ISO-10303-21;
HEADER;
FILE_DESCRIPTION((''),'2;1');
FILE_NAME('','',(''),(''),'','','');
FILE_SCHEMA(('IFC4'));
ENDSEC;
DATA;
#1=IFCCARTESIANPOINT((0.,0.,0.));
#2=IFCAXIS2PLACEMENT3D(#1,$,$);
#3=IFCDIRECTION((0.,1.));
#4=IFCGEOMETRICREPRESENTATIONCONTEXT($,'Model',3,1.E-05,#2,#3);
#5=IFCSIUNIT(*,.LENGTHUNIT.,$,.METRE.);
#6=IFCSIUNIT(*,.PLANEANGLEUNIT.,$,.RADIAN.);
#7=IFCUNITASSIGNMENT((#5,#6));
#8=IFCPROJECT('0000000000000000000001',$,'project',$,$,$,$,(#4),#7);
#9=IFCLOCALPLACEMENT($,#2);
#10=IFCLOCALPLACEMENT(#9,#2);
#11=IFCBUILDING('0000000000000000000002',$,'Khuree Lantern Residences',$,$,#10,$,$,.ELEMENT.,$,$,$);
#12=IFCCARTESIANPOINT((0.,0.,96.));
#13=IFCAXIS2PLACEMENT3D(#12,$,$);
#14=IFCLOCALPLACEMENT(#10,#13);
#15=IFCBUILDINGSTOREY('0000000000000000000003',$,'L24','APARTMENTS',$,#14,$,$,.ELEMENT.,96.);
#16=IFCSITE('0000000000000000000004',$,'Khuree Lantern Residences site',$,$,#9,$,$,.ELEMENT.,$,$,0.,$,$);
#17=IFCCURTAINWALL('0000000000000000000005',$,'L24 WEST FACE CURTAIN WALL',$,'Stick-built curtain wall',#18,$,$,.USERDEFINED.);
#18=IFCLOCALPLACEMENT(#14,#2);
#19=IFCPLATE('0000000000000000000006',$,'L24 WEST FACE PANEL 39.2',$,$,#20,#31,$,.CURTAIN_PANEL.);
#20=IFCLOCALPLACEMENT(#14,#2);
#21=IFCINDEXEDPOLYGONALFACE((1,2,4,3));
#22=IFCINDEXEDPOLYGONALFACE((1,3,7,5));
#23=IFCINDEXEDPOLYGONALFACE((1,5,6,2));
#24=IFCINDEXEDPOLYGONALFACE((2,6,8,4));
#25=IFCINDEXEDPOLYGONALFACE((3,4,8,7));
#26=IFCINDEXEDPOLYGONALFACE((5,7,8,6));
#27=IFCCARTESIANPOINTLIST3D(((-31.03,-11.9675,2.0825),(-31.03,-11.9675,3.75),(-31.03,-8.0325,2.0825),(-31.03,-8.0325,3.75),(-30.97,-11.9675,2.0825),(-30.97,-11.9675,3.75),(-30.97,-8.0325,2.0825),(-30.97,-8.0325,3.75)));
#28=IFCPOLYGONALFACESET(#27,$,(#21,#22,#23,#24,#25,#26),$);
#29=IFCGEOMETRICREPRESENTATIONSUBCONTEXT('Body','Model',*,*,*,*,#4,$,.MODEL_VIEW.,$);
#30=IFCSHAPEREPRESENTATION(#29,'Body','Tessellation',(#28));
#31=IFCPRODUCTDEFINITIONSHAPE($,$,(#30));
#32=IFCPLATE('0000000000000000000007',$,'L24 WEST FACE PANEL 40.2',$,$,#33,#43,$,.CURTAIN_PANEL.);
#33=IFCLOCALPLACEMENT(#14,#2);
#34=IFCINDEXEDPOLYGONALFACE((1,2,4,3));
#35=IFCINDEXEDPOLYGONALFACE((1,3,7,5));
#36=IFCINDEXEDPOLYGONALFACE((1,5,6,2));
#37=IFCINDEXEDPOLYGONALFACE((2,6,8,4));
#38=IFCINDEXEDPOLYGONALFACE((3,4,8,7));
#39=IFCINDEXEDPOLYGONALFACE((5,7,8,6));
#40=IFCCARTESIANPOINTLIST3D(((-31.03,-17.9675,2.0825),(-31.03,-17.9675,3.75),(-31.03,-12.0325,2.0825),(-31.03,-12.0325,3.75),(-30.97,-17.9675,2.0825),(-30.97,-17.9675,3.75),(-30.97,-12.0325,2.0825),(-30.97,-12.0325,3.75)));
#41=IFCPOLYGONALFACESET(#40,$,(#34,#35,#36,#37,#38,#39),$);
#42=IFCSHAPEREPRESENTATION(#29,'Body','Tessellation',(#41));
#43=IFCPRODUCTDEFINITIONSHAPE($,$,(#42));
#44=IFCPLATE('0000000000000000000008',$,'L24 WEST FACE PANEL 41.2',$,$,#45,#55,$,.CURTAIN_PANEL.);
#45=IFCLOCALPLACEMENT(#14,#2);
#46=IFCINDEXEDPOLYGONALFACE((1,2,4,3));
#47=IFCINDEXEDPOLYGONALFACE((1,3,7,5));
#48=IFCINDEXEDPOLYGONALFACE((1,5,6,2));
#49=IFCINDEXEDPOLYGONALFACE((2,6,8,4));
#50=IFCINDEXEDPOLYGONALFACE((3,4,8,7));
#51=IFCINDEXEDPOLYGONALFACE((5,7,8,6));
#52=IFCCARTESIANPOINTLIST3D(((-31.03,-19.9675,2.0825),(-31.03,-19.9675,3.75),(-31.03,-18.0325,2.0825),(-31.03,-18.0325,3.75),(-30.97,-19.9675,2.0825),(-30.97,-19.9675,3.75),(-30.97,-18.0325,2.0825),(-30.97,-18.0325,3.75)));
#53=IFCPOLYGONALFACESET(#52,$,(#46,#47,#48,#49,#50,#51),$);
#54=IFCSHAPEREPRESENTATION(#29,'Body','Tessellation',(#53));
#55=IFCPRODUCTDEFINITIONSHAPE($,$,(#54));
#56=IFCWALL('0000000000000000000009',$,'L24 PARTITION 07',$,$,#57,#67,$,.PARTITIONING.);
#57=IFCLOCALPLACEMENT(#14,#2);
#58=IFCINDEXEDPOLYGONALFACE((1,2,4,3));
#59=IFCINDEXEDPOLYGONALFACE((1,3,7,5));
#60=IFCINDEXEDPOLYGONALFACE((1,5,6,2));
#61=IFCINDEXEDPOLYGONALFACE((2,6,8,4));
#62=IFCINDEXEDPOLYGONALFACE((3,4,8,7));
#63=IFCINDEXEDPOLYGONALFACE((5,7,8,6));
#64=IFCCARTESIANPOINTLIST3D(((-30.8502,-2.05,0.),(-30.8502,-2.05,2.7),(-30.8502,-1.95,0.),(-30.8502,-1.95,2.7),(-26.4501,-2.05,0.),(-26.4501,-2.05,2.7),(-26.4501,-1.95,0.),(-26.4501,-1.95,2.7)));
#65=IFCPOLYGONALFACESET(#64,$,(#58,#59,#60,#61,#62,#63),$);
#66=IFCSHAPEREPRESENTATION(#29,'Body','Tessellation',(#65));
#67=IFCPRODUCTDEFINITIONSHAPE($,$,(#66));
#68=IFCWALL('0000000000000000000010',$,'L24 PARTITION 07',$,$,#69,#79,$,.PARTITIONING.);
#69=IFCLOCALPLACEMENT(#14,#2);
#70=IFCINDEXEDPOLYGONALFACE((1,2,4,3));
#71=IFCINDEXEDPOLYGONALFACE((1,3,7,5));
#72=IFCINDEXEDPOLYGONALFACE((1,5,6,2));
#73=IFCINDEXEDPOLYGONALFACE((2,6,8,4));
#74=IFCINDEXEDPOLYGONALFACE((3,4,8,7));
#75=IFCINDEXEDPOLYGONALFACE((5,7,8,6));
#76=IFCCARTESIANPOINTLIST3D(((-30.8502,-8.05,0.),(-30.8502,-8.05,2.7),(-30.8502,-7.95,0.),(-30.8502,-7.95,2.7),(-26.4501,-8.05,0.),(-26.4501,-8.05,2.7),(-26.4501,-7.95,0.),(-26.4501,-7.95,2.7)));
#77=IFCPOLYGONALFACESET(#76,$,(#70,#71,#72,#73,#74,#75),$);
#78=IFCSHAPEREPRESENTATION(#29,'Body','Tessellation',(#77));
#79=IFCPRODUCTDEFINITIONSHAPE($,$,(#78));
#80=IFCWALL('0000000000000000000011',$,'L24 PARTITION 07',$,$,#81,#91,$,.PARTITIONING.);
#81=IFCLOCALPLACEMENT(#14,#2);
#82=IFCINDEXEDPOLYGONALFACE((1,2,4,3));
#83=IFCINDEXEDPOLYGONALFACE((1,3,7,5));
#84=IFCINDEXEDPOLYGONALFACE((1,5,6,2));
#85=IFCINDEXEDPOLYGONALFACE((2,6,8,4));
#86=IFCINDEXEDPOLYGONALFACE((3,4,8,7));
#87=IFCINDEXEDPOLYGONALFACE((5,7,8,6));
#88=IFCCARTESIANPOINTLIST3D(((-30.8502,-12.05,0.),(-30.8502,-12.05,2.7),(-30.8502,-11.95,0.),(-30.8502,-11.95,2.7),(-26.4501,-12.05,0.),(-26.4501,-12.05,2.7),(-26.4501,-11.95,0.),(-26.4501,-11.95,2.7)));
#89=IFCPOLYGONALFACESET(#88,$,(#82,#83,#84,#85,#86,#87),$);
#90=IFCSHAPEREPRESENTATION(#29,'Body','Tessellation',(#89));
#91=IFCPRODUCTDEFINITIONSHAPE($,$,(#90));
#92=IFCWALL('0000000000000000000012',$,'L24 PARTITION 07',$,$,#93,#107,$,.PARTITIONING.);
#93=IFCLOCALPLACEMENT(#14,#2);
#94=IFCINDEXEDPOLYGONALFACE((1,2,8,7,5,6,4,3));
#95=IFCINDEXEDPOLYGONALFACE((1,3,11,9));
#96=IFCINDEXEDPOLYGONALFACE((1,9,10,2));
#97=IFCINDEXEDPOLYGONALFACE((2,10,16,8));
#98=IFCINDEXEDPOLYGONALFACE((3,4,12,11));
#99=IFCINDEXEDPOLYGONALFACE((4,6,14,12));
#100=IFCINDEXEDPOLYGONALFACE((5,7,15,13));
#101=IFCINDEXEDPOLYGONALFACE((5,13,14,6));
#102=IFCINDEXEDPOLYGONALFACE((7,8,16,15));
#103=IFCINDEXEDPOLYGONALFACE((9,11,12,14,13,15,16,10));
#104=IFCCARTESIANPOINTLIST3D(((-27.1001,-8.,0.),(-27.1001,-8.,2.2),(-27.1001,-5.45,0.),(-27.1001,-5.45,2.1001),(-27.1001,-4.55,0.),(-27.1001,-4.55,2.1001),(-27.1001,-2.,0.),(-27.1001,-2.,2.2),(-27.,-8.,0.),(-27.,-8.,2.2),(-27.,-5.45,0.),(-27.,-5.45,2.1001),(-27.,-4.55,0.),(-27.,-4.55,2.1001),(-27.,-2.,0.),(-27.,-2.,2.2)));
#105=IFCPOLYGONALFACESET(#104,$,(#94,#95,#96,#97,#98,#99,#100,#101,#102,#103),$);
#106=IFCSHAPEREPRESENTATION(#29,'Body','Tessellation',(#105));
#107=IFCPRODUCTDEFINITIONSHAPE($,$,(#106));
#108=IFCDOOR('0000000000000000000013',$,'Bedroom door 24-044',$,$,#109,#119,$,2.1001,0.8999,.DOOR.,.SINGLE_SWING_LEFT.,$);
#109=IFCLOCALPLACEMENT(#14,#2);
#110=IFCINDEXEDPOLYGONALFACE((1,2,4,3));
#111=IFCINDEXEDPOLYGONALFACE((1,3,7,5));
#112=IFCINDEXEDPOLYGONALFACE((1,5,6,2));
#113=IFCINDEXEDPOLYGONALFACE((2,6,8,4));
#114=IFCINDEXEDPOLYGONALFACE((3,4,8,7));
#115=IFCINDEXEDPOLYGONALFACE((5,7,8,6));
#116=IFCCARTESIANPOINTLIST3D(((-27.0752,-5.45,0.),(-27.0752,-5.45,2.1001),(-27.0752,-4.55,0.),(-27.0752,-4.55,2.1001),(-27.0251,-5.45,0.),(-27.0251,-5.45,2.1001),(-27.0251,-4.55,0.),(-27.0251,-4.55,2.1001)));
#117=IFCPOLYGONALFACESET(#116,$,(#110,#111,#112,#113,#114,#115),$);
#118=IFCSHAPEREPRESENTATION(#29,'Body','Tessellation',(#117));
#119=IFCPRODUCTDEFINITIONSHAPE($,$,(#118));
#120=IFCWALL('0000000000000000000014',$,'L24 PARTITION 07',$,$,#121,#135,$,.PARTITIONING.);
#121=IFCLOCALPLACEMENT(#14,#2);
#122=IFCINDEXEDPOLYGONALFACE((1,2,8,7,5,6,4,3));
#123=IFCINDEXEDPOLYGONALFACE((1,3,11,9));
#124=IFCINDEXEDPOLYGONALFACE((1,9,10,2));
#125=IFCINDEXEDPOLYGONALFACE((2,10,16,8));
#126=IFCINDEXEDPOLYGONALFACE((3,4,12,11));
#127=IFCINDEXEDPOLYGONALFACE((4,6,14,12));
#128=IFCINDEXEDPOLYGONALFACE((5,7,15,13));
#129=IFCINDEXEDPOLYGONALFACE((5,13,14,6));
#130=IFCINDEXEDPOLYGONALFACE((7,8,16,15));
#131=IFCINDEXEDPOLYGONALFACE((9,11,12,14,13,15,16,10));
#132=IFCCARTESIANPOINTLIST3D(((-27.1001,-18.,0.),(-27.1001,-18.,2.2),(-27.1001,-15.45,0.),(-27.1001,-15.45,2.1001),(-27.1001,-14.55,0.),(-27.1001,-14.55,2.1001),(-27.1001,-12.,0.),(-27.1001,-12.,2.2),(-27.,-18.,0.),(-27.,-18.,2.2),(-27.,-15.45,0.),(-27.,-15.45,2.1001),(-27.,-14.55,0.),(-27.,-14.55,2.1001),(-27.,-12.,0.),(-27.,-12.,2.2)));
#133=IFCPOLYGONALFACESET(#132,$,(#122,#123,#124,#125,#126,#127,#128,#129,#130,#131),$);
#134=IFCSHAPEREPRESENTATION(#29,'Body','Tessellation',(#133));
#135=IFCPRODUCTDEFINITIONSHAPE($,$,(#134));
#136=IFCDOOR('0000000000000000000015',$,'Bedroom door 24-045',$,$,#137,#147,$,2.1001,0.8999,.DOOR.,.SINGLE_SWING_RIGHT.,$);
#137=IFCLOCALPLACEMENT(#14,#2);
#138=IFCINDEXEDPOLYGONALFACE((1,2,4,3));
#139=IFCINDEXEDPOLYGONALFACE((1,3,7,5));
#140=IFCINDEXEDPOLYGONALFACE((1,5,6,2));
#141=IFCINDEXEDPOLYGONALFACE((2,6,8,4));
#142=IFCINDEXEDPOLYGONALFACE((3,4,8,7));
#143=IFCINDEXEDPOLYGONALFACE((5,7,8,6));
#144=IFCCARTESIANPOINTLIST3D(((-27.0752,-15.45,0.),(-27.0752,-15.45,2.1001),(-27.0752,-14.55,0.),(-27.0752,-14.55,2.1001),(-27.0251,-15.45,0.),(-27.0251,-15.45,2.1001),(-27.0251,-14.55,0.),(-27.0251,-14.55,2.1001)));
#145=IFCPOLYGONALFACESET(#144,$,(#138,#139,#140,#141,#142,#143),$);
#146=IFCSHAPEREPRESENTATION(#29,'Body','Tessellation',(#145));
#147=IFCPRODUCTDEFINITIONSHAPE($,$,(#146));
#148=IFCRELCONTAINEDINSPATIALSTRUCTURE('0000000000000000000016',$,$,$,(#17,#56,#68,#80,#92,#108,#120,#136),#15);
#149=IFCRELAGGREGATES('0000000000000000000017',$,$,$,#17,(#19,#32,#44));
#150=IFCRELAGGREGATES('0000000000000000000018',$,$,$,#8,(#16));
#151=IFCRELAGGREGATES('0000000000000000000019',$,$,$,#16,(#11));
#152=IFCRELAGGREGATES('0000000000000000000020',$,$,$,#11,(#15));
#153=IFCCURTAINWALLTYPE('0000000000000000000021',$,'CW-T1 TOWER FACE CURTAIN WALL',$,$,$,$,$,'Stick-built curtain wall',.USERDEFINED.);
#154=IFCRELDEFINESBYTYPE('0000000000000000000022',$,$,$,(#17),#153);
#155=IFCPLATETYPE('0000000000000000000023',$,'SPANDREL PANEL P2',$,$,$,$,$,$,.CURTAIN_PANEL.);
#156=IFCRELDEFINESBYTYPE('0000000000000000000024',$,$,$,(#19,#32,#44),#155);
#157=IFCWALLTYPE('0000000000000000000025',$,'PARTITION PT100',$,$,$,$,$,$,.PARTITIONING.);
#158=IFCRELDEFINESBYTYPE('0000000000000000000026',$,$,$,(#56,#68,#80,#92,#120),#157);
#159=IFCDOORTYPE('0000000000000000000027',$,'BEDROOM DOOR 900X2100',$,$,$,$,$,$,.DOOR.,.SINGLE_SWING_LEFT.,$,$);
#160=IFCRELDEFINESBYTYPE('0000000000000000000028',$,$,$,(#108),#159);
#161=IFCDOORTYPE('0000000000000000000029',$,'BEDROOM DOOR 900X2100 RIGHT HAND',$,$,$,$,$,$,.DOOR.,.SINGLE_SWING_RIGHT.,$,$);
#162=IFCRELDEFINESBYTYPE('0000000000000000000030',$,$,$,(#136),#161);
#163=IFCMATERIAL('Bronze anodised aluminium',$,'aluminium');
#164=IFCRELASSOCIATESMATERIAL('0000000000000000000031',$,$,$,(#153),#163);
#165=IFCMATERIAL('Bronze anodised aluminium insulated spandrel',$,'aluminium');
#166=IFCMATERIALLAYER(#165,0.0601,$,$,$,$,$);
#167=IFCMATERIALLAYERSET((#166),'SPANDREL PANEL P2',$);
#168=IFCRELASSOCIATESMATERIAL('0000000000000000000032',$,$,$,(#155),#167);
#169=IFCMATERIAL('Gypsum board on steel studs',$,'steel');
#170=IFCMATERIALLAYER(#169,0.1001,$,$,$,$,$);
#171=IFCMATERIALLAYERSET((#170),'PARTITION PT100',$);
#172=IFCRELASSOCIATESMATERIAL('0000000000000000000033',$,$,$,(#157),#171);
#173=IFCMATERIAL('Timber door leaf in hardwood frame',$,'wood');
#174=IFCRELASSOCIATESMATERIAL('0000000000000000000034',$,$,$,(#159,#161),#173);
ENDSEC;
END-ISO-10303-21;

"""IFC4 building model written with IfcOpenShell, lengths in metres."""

from ifc_helpers import new_model, si_unit, direction, frame, frame_2d, origin, origin_2d, place, context, subcontext, project, spatial, rectangle, extrude, material, layer, layer_set, type_object, element, fill, aggregate, save


model = new_model("IFC4")

# Units and contexts
model_context = context("Model", 3, precision=1e-05, world=origin(), true_north=direction((0.0, 1.0)))
body_context = subcontext(model_context, "Body", "Model", "MODEL_VIEW")
ifc_project = project(units=[si_unit("LENGTHUNIT", "METRE"), si_unit("PLANEANGLEUNIT", "RADIAN")], contexts=[model_context])

# Site, building, storey
site_placement = place(None, origin())
site = spatial("IfcSite", under=ifc_project, at=site_placement, Name="Khuree Lantern Residences site", CompositionType="ELEMENT", RefElevation=0.0)
building_placement = place(site_placement, origin())
building = spatial("IfcBuilding", under=site, at=building_placement, Name="Khuree Lantern Residences", CompositionType="ELEMENT")
storey_placement = place(building_placement, frame((0.0, 0.0, 96.0)))
storey = spatial("IfcBuildingStorey", under=building, at=storey_placement, Name="L24", Description="APARTMENTS", CompositionType="ELEMENT", Elevation=96.0)

# Curtain wall
ifc_material_1 = material(Name="Bronze anodised aluminium", Category="aluminium")
curtain_wall_type = type_object("IfcCurtainWallType", Name="CW-T1 TOWER FACE CURTAIN WALL", ElementType="Stick-built curtain wall", PredefinedType="USERDEFINED", material=ifc_material_1)
curtain_wall_placement = place(storey_placement, origin())
curtain_wall = element("IfcCurtainWall", 1, at=curtain_wall_placement, inside=storey, type_object=curtain_wall_type, Name="L24 WEST FACE CURTAIN WALL", ObjectType="Stick-built curtain wall", PredefinedType="USERDEFINED")

# Plates
ifc_material_2 = material(Name="Bronze anodised aluminium insulated spandrel", Category="aluminium")
ifc_layer_1 = layer(ifc_material_2, 0.0601)
ifc_layer_set_1 = layer_set([ifc_layer_1], Name="SPANDREL PANEL P2")
plate_type_1 = type_object("IfcPlateType", Name="SPANDREL PANEL P2", PredefinedType="CURTAIN_PANEL", material=ifc_layer_set_1)
plate_1_placement = place(storey_placement, frame((-31.0, -10.0, 2.0825), z_axis=(0.0, 0.0, 1.0), x_axis=(0.0, -1.0, 0.0)))
plate_1 = element("IfcPlate", 2, at=plate_1_placement, type_object=plate_type_1, Name="L24 WEST FACE PANEL 39.2", PredefinedType="CURTAIN_PANEL", context=body_context, shape_type="SweptSolid", body=[
    extrude(rectangle(XDim=3.9351, YDim=0.0601, at=origin_2d()), origin(), (0.0, 0.0, 1.0), 1.6675),
])
plate_2_placement = place(storey_placement, frame((-31.0, -15.0, 2.0825), z_axis=(0.0, 0.0, 1.0), x_axis=(0.0, -1.0, 0.0)))
plate_2 = element("IfcPlate", 3, at=plate_2_placement, type_object=plate_type_1, Name="L24 WEST FACE PANEL 40.2", PredefinedType="CURTAIN_PANEL", context=body_context, shape_type="SweptSolid", body=[
    extrude(rectangle(XDim=5.9351, YDim=0.0601, at=origin_2d()), origin(), (0.0, 0.0, 1.0), 1.6675),
])
plate_3_placement = place(storey_placement, frame((-31.0, -19.0, 2.0825), z_axis=(0.0, 0.0, 1.0), x_axis=(0.0, -1.0, 0.0)))
plate_3 = element("IfcPlate", 4, at=plate_3_placement, type_object=plate_type_1, Name="L24 WEST FACE PANEL 41.2", PredefinedType="CURTAIN_PANEL", context=body_context, shape_type="SweptSolid", body=[
    extrude(rectangle(XDim=1.9351, YDim=0.0601, at=origin_2d()), origin(), (0.0, 0.0, 1.0), 1.6675),
])
aggregate(curtain_wall, [plate_1, plate_2, plate_3])

# Walls
ifc_material_3 = material(Name="Gypsum board on steel studs", Category="steel")
ifc_layer_2 = layer(ifc_material_3, 0.1001)
ifc_layer_set_2 = layer_set([ifc_layer_2], Name="PARTITION PT100")
wall_type = type_object("IfcWallType", Name="PARTITION PT100", PredefinedType="PARTITIONING", material=ifc_layer_set_2)
for number, where, z_axis, x_axis, name in (
    (5, (-26.45, -2.0, 0.0), (0.0, 0.0, 1.0), (-1.0, 0.0, 0.0), "L24 PARTITION 07"),
    (6, (-26.45, -8.0, 0.0), (0.0, 0.0, 1.0), (-1.0, 0.0, 0.0), "L24 PARTITION 07"),
    (7, (-26.45, -12.0, 0.0), (0.0, 0.0, 1.0), (-1.0, 0.0, 0.0), "L24 PARTITION 07"),
):
    element("IfcWall", number, at=place(storey_placement, frame(where, z_axis=z_axis, x_axis=x_axis)), inside=storey, type_object=wall_type, Name=name, PredefinedType="PARTITIONING", context=body_context, shape_type="SweptSolid", body=[
        extrude(rectangle(XDim=4.4001, YDim=0.1001, at=frame_2d((2.2002, 0.0))), origin(), (0.0, 0.0, 1.0), 2.7),
    ])

# Walls, openings, doors
wall_1_placement = place(storey_placement, frame((-27.05, -2.0, 0.0), z_axis=(0.0, 0.0, 1.0), x_axis=(0.0, -1.0, 0.0)))
wall_1 = element("IfcWall", 8, at=wall_1_placement, inside=storey, type_object=wall_type, Name="L24 PARTITION 07", PredefinedType="PARTITIONING", context=body_context, shape_type="SweptSolid", body=[
    extrude(rectangle(XDim=6.0, YDim=0.1001, at=frame_2d((3.0, 0.0))), origin(), (0.0, 0.0, 1.0), 2.2),
])
opening_1_placement = place(wall_1_placement, frame((2.55, 0.0, 0.0)))
opening_1 = element("IfcOpeningElement", 9, at=opening_1_placement, cuts=wall_1, PredefinedType="OPENING", context=body_context, shape_type="SweptSolid", body=[
    extrude(rectangle(XDim=0.8999, YDim=2.1001, at=frame_2d((0.45, 1.05))), frame((0.0, 0.0601, 0.0), z_axis=(0.0, -1.0, 0.0), x_axis=(1.0, 0.0, 0.0)), (0.0, 0.0, 1.0), 0.1201),
])
ifc_material_4 = material(Name="Timber door leaf in hardwood frame", Category="wood")
door_type_1 = type_object("IfcDoorType", Name="BEDROOM DOOR 900X2100", OperationType="SINGLE_SWING_LEFT", PredefinedType="DOOR", material=ifc_material_4)
door_1_placement = place(opening_1_placement, origin())
door_1 = element("IfcDoor", 10, at=door_1_placement, inside=storey, type_object=door_type_1, Name="Bedroom door 24-044", OperationType="SINGLE_SWING_LEFT", OverallHeight=2.1001, OverallWidth=0.8999, PredefinedType="DOOR", context=body_context, shape_type="SweptSolid", body=[
    extrude(rectangle(XDim=0.8999, YDim=2.1001, at=frame_2d((0.45, 1.05))), frame((0.0, 0.0249, 0.0), z_axis=(0.0, -1.0, 0.0), x_axis=(1.0, 0.0, 0.0)), (0.0, 0.0, 1.0), 0.05),
])
fill(opening_1, door_1)
wall_2_placement = place(storey_placement, frame((-27.05, -12.0, 0.0), z_axis=(0.0, 0.0, 1.0), x_axis=(0.0, -1.0, 0.0)))
wall_2 = element("IfcWall", 11, at=wall_2_placement, inside=storey, type_object=wall_type, Name="L24 PARTITION 07", PredefinedType="PARTITIONING", context=body_context, shape_type="SweptSolid", body=[
    extrude(rectangle(XDim=6.0, YDim=0.1001, at=frame_2d((3.0, 0.0))), origin(), (0.0, 0.0, 1.0), 2.2),
])
opening_2_placement = place(wall_2_placement, frame((2.55, 0.0, 0.0)))
opening_2 = element("IfcOpeningElement", 12, at=opening_2_placement, cuts=wall_2, PredefinedType="OPENING", context=body_context, shape_type="SweptSolid", body=[
    extrude(rectangle(XDim=0.8999, YDim=2.1001, at=frame_2d((0.45, 1.05))), frame((0.0, 0.0601, 0.0), z_axis=(0.0, -1.0, 0.0), x_axis=(1.0, 0.0, 0.0)), (0.0, 0.0, 1.0), 0.1201),
])
door_type_2 = type_object("IfcDoorType", Name="BEDROOM DOOR 900X2100 RIGHT HAND", OperationType="SINGLE_SWING_RIGHT", PredefinedType="DOOR", material=ifc_material_4)
door_2_placement = place(opening_2_placement, origin())
door_2 = element("IfcDoor", 13, at=door_2_placement, inside=storey, type_object=door_type_2, Name="Bedroom door 24-045", OperationType="SINGLE_SWING_RIGHT", OverallHeight=2.1001, OverallWidth=0.8999, PredefinedType="DOOR", context=body_context, shape_type="SweptSolid", body=[
    extrude(rectangle(XDim=0.8999, YDim=2.1001, at=frame_2d((0.45, 1.05))), frame((0.0, 0.0249, 0.0), z_axis=(0.0, -1.0, 0.0), x_axis=(1.0, 0.0, 0.0)), (0.0, 0.0, 1.0), 0.05),
])
fill(opening_2, door_2)

save(model, "model.ifc")
